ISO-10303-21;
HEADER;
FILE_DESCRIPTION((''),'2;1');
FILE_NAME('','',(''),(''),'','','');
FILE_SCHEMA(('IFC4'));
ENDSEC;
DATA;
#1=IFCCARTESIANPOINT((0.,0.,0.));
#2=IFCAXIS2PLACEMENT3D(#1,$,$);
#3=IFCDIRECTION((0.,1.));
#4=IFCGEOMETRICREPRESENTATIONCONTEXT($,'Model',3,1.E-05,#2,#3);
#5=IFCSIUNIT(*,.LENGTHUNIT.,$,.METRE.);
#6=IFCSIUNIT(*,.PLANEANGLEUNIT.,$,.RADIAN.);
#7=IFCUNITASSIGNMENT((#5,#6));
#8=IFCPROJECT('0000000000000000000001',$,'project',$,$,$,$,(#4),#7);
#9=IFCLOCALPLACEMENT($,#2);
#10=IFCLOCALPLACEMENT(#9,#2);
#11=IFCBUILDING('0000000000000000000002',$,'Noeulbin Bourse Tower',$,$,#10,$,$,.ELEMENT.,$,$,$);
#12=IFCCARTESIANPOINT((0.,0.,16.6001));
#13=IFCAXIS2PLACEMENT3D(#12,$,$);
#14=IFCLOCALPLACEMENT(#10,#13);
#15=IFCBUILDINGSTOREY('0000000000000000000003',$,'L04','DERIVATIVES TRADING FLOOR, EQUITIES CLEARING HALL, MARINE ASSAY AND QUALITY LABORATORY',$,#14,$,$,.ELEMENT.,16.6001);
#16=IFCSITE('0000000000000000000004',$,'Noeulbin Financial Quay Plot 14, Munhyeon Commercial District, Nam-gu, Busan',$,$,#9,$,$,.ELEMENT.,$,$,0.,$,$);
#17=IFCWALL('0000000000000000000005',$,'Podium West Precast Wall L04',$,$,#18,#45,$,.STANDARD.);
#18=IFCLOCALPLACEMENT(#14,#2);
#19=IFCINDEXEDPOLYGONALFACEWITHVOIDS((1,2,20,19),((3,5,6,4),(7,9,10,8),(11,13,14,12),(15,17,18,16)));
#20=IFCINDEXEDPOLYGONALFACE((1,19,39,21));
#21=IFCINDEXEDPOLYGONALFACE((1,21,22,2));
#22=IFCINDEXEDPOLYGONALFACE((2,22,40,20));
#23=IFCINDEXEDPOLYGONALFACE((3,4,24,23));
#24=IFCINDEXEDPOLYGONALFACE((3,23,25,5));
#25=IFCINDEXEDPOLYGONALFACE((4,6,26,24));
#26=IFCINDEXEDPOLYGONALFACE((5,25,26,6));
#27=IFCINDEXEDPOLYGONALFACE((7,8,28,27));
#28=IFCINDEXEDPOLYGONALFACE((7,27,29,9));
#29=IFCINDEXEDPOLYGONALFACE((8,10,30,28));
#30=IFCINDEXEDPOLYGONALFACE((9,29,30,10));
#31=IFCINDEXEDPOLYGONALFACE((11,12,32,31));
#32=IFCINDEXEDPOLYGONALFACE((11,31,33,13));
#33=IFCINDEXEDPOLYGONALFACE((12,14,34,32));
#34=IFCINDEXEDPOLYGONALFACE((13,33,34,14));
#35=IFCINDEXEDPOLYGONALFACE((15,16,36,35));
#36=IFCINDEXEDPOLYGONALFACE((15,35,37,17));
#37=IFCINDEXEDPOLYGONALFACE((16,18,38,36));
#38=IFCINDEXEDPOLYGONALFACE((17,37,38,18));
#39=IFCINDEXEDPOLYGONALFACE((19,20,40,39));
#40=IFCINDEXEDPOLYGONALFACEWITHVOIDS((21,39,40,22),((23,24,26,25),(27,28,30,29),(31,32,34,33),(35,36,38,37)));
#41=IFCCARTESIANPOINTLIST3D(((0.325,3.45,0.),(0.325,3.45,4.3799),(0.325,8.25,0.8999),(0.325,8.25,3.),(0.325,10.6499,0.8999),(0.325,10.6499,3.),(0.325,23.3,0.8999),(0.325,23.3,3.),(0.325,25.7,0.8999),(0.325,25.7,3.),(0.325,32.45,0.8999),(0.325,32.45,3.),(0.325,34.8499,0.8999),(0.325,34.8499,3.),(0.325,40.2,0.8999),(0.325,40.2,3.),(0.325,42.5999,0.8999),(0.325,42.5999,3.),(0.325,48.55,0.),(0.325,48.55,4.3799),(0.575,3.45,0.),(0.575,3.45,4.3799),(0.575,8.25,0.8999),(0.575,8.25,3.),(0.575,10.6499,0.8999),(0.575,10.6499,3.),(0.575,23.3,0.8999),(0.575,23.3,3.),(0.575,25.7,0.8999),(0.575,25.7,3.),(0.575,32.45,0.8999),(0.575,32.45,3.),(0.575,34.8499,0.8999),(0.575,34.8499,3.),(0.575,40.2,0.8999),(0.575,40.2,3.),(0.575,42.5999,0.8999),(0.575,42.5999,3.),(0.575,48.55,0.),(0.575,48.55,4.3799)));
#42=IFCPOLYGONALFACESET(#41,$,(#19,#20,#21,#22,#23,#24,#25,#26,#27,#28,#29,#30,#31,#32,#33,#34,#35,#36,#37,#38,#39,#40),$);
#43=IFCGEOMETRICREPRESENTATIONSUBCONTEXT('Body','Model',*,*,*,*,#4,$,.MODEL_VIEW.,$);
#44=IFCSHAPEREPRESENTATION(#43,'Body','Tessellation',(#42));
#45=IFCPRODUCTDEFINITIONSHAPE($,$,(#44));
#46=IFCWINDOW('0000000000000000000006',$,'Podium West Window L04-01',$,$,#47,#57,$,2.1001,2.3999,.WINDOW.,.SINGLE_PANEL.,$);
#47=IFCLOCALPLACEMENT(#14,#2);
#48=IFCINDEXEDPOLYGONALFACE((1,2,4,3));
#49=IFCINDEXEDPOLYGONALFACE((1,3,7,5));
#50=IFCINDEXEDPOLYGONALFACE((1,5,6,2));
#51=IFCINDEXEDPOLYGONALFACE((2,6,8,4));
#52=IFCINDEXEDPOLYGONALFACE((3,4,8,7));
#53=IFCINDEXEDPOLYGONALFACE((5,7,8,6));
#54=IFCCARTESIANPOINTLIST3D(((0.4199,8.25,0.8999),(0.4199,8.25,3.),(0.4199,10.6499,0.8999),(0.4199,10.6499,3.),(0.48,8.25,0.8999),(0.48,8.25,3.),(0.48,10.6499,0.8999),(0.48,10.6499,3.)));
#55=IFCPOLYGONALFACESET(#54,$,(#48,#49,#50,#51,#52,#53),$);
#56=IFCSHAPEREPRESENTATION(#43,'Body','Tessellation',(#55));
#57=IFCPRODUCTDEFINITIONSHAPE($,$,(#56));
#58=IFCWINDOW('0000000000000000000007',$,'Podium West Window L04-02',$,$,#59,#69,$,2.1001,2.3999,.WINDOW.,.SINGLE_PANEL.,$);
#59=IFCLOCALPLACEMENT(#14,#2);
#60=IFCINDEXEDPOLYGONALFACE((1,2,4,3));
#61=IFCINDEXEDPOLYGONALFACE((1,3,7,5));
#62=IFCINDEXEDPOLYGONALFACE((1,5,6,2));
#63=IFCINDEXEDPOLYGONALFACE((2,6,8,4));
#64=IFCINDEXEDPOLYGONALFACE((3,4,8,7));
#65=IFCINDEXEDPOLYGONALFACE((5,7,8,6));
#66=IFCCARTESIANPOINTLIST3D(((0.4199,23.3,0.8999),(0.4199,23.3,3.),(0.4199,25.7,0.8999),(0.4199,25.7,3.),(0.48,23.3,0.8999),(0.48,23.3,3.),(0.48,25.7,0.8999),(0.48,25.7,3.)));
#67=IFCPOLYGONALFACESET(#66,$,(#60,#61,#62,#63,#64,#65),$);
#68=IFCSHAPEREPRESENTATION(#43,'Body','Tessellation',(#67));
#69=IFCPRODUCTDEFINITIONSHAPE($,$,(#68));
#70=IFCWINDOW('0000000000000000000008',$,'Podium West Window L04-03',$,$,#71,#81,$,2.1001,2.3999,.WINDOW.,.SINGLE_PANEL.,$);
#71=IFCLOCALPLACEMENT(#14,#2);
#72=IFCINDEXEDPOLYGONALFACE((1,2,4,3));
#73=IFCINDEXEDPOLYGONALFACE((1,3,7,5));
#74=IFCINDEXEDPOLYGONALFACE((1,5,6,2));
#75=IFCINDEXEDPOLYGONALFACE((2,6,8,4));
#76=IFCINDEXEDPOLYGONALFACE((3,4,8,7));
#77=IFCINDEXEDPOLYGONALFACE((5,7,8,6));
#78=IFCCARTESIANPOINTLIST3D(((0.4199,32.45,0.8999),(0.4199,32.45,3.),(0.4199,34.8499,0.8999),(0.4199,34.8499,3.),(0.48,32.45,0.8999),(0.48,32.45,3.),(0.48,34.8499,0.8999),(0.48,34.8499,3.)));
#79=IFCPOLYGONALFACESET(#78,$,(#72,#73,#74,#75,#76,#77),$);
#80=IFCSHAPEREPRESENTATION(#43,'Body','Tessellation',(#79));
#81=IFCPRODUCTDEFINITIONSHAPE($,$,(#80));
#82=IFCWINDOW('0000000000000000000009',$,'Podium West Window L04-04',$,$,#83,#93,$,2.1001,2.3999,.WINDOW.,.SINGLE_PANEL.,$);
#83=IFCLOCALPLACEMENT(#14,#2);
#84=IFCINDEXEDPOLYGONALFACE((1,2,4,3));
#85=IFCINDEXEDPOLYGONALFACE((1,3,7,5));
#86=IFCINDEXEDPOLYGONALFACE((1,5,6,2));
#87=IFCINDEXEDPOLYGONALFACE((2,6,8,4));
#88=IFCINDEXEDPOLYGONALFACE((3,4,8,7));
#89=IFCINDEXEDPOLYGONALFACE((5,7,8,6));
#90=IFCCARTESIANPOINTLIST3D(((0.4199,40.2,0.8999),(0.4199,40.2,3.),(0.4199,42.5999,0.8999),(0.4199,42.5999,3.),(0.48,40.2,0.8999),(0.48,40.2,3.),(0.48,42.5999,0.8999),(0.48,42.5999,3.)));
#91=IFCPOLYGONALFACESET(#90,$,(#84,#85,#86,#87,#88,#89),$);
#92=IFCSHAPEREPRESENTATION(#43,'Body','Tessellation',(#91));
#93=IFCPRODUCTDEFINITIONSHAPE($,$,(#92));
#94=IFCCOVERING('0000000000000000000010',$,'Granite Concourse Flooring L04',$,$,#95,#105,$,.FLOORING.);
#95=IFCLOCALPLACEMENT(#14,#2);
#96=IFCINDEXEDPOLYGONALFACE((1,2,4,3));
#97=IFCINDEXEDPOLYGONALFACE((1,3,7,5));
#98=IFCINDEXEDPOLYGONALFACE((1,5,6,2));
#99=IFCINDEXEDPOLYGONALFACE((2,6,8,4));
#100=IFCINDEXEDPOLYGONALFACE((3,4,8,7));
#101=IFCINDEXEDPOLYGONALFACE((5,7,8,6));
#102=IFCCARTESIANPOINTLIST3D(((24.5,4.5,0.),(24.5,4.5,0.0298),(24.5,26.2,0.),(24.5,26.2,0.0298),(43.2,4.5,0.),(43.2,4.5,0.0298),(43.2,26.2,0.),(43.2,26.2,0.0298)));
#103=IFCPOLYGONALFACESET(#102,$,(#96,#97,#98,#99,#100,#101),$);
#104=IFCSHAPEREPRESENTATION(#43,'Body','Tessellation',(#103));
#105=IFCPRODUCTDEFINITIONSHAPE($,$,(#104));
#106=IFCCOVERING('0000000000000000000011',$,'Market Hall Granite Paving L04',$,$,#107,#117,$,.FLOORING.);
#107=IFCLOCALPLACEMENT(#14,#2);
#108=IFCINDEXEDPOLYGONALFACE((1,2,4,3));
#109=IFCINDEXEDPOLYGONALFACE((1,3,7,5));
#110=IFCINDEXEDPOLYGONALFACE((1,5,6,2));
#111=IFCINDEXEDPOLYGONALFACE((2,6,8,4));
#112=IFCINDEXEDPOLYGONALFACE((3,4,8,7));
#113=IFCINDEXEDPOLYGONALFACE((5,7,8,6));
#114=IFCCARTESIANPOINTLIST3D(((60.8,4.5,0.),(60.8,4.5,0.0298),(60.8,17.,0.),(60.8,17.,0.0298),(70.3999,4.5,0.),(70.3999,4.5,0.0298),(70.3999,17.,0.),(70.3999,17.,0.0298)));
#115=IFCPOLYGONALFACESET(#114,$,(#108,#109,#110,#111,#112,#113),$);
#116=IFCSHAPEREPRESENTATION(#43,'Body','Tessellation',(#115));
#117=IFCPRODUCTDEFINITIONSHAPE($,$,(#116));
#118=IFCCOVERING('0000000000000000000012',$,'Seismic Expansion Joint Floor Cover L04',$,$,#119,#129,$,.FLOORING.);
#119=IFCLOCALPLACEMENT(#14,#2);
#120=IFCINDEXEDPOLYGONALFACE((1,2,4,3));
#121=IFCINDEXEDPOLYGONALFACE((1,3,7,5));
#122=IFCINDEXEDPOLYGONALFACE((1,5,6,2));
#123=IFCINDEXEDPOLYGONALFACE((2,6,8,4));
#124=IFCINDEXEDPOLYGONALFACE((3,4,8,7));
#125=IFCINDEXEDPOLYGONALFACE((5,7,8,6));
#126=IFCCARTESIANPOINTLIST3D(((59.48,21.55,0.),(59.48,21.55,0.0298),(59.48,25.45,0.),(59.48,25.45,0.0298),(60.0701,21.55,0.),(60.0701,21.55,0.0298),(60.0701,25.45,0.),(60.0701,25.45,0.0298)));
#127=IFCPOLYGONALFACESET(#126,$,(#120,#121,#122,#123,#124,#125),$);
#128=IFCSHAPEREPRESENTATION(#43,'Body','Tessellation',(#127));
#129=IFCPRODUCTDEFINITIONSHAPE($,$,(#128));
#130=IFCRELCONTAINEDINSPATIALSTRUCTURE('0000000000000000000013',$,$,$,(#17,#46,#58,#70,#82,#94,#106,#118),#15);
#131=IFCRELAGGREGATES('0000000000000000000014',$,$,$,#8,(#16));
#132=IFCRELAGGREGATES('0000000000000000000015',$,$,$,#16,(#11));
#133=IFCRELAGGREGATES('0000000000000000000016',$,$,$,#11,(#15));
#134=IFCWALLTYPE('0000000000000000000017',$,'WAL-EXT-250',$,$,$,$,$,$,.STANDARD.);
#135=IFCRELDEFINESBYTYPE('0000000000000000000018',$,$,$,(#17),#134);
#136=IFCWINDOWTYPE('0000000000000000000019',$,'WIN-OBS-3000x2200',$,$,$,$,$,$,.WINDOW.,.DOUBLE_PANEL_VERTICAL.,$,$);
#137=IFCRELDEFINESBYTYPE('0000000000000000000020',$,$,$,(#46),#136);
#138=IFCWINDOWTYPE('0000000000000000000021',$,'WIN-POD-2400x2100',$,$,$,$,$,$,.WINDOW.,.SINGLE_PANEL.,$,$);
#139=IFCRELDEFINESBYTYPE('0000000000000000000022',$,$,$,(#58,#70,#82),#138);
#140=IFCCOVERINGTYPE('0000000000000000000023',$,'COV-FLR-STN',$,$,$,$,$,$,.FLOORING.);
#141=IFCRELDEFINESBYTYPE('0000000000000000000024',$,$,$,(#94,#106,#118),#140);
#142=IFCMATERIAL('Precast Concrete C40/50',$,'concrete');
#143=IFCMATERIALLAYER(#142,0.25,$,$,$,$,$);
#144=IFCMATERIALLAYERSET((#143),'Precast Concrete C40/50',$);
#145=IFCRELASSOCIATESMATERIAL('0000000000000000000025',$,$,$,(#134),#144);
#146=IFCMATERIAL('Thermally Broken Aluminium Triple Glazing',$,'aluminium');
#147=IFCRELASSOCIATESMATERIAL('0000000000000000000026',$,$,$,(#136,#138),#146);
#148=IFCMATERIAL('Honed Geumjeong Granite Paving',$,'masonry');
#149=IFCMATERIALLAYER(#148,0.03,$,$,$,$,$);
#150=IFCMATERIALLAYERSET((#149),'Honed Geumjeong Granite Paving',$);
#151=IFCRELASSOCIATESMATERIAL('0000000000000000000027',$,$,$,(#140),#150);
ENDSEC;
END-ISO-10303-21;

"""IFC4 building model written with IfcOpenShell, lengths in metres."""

from ifc_helpers import new_model, si_unit, direction, frame, frame_2d, origin, place, context, subcontext, project, spatial, polyline, rectangle, outline, extrude, material, layer, layer_set, type_object, element, fill, save


model = new_model("IFC4")

# Units and contexts
model_context = context("Model", 3, precision=1e-05, world=origin(), true_north=direction((0.0, 1.0)))
body_context = subcontext(model_context, "Body", "Model", "MODEL_VIEW")
ifc_project = project(units=[si_unit("LENGTHUNIT", "METRE"), si_unit("PLANEANGLEUNIT", "RADIAN")], contexts=[model_context])

# Site, building, storey
site_placement = place(None, origin())
site = spatial("IfcSite", under=ifc_project, at=site_placement, Name="Noeulbin Financial Quay Plot 14, Munhyeon Commercial District, Nam-gu, Busan", CompositionType="ELEMENT", RefElevation=0.0)
building_placement = place(site_placement, origin())
building = spatial("IfcBuilding", under=site, at=building_placement, Name="Noeulbin Bourse Tower", CompositionType="ELEMENT")
storey_placement = place(building_placement, frame((0.0, 0.0, 16.6001)))
storey = spatial("IfcBuildingStorey", under=building, at=storey_placement, Name="L04", Description="DERIVATIVES TRADING FLOOR, EQUITIES CLEARING HALL, MARINE ASSAY AND QUALITY LABORATORY", CompositionType="ELEMENT", Elevation=16.6001)

# Wall, openings, windows
ifc_material_1 = material(Name="Precast Concrete C40/50", Category="concrete")
ifc_layer_1 = layer(ifc_material_1, 0.25)
ifc_layer_set_1 = layer_set([ifc_layer_1], Name="Precast Concrete C40/50")
wall_type = type_object("IfcWallType", Name="WAL-EXT-250", PredefinedType="STANDARD", material=ifc_layer_set_1)
wall_placement = place(storey_placement, frame((0.45, 3.45, 0.0), z_axis=(0.0, 0.0, 1.0), x_axis=(0.0, 1.0, 0.0)))
wall = element("IfcWall", 1, at=wall_placement, inside=storey, type_object=wall_type, Name="Podium West Precast Wall L04", PredefinedType="STANDARD", context=body_context, shape_type="SweptSolid", body=[
    extrude(rectangle(XDim=45.1001, YDim=0.25, at=frame_2d((22.55, 0.0))), origin(), (0.0, 0.0, 1.0), 4.3799),
])
opening_1_placement = place(wall_placement, frame((4.8, 0.0, 0.8999)))
opening_1 = element("IfcOpeningElement", 2, at=opening_1_placement, cuts=wall, PredefinedType="OPENING", context=body_context, shape_type="SweptSolid", body=[
    extrude(rectangle(XDim=2.3999, YDim=2.1001, at=frame_2d((1.2, 1.05))), frame((0.0, 0.135, 0.0), z_axis=(0.0, -1.0, 0.0), x_axis=(1.0, 0.0, 0.0)), (0.0, 0.0, 1.0), 0.27),
])
opening_2_placement = place(wall_placement, frame((19.8501, 0.0, 0.8999)))
opening_2 = element("IfcOpeningElement", 3, at=opening_2_placement, cuts=wall, PredefinedType="OPENING", context=body_context, shape_type="SweptSolid", body=[
    extrude(rectangle(XDim=2.3999, YDim=2.1001, at=frame_2d((1.2, 1.05))), frame((0.0, 0.135, 0.0), z_axis=(0.0, -1.0, 0.0), x_axis=(1.0, 0.0, 0.0)), (0.0, 0.0, 1.0), 0.27),
])
opening_3_placement = place(wall_placement, frame((29.0, 0.0, 0.8999)))
opening_3 = element("IfcOpeningElement", 4, at=opening_3_placement, cuts=wall, PredefinedType="OPENING", context=body_context, shape_type="SweptSolid", body=[
    extrude(rectangle(XDim=2.3999, YDim=2.1001, at=frame_2d((1.2, 1.05))), frame((0.0, 0.135, 0.0), z_axis=(0.0, -1.0, 0.0), x_axis=(1.0, 0.0, 0.0)), (0.0, 0.0, 1.0), 0.27),
])
opening_4_placement = place(wall_placement, frame((36.75, 0.0, 0.8999)))
opening_4 = element("IfcOpeningElement", 5, at=opening_4_placement, cuts=wall, PredefinedType="OPENING", context=body_context, shape_type="SweptSolid", body=[
    extrude(rectangle(XDim=2.3999, YDim=2.1001, at=frame_2d((1.2, 1.05))), frame((0.0, 0.135, 0.0), z_axis=(0.0, -1.0, 0.0), x_axis=(1.0, 0.0, 0.0)), (0.0, 0.0, 1.0), 0.27),
])
ifc_material_2 = material(Name="Thermally Broken Aluminium Triple Glazing", Category="aluminium")
window_type_1 = type_object("IfcWindowType", Name="WIN-OBS-3000x2200", PartitioningType="DOUBLE_PANEL_VERTICAL", PredefinedType="WINDOW", material=ifc_material_2)
window_1_placement = place(opening_1_placement, origin())
window_1 = element("IfcWindow", 6, at=window_1_placement, inside=storey, type_object=window_type_1, Name="Podium West Window L04-01", OverallHeight=2.1001, OverallWidth=2.3999, PartitioningType="SINGLE_PANEL", PredefinedType="WINDOW", context=body_context, shape_type="SweptSolid", body=[
    extrude(rectangle(XDim=2.3999, YDim=2.1001, at=frame_2d((1.2, 1.05))), frame((0.0, 0.03, 0.0), z_axis=(0.0, -1.0, 0.0), x_axis=(1.0, 0.0, 0.0)), (0.0, 0.0, 1.0), 0.0601),
])
fill(opening_1, window_1)
window_type_2 = type_object("IfcWindowType", Name="WIN-POD-2400x2100", PartitioningType="SINGLE_PANEL", PredefinedType="WINDOW", material=ifc_material_2)
window_2_placement = place(opening_2_placement, origin())
window_2 = element("IfcWindow", 7, at=window_2_placement, inside=storey, type_object=window_type_2, Name="Podium West Window L04-02", OverallHeight=2.1001, OverallWidth=2.3999, PartitioningType="SINGLE_PANEL", PredefinedType="WINDOW", context=body_context, shape_type="SweptSolid", body=[
    extrude(rectangle(XDim=2.3999, YDim=2.1001, at=frame_2d((1.2, 1.05))), frame((0.0, 0.03, 0.0), z_axis=(0.0, -1.0, 0.0), x_axis=(1.0, 0.0, 0.0)), (0.0, 0.0, 1.0), 0.0601),
])
fill(opening_2, window_2)
window_3_placement = place(opening_3_placement, origin())
window_3 = element("IfcWindow", 8, at=window_3_placement, inside=storey, type_object=window_type_2, Name="Podium West Window L04-03", OverallHeight=2.1001, OverallWidth=2.3999, PartitioningType="SINGLE_PANEL", PredefinedType="WINDOW", context=body_context, shape_type="SweptSolid", body=[
    extrude(rectangle(XDim=2.3999, YDim=2.1001, at=frame_2d((1.2, 1.05))), frame((0.0, 0.03, 0.0), z_axis=(0.0, -1.0, 0.0), x_axis=(1.0, 0.0, 0.0)), (0.0, 0.0, 1.0), 0.0601),
])
fill(opening_3, window_3)
window_4_placement = place(opening_4_placement, origin())
window_4 = element("IfcWindow", 9, at=window_4_placement, inside=storey, type_object=window_type_2, Name="Podium West Window L04-04", OverallHeight=2.1001, OverallWidth=2.3999, PartitioningType="SINGLE_PANEL", PredefinedType="WINDOW", context=body_context, shape_type="SweptSolid", body=[
    extrude(rectangle(XDim=2.3999, YDim=2.1001, at=frame_2d((1.2, 1.05))), frame((0.0, 0.03, 0.0), z_axis=(0.0, -1.0, 0.0), x_axis=(1.0, 0.0, 0.0)), (0.0, 0.0, 1.0), 0.0601),
])
fill(opening_4, window_4)

# Coverings
ifc_material_3 = material(Name="Honed Geumjeong Granite Paving", Category="masonry")
ifc_layer_2 = layer(ifc_material_3, 0.03)
ifc_layer_set_2 = layer_set([ifc_layer_2], Name="Honed Geumjeong Granite Paving")
covering_type = type_object("IfcCoveringType", Name="COV-FLR-STN", PredefinedType="FLOORING", material=ifc_layer_set_2)
covering_1_placement = place(storey_placement, origin())
element("IfcCovering", 10, at=covering_1_placement, inside=storey, type_object=covering_type, Name="Granite Concourse Flooring L04", PredefinedType="FLOORING", context=body_context, shape_type="SweptSolid", body=[
    extrude(outline(polyline([(24.5, 4.5), (43.2, 4.5), (43.2, 26.2), (24.5, 26.2), (24.5, 4.5)])), origin(), (0.0, 0.0, 1.0), 0.0298),
])
covering_2_placement = place(storey_placement, origin())
element("IfcCovering", 11, at=covering_2_placement, inside=storey, type_object=covering_type, Name="Market Hall Granite Paving L04", PredefinedType="FLOORING", context=body_context, shape_type="SweptSolid", body=[
    extrude(outline(polyline([(60.8, 4.5), (70.3999, 4.5), (70.3999, 17.0), (60.8, 17.0), (60.8, 4.5)])), origin(), (0.0, 0.0, 1.0), 0.0298),
])
covering_3_placement = place(storey_placement, origin())
element("IfcCovering", 12, at=covering_3_placement, inside=storey, type_object=covering_type, Name="Seismic Expansion Joint Floor Cover L04", PredefinedType="FLOORING", context=body_context, shape_type="SweptSolid", body=[
    extrude(outline(polyline([(59.48, 21.55), (60.0701, 21.55), (60.0701, 25.45), (59.48, 25.45), (59.48, 21.55)])), origin(), (0.0, 0.0, 1.0), 0.0298),
])

save(model, "model.ifc")
